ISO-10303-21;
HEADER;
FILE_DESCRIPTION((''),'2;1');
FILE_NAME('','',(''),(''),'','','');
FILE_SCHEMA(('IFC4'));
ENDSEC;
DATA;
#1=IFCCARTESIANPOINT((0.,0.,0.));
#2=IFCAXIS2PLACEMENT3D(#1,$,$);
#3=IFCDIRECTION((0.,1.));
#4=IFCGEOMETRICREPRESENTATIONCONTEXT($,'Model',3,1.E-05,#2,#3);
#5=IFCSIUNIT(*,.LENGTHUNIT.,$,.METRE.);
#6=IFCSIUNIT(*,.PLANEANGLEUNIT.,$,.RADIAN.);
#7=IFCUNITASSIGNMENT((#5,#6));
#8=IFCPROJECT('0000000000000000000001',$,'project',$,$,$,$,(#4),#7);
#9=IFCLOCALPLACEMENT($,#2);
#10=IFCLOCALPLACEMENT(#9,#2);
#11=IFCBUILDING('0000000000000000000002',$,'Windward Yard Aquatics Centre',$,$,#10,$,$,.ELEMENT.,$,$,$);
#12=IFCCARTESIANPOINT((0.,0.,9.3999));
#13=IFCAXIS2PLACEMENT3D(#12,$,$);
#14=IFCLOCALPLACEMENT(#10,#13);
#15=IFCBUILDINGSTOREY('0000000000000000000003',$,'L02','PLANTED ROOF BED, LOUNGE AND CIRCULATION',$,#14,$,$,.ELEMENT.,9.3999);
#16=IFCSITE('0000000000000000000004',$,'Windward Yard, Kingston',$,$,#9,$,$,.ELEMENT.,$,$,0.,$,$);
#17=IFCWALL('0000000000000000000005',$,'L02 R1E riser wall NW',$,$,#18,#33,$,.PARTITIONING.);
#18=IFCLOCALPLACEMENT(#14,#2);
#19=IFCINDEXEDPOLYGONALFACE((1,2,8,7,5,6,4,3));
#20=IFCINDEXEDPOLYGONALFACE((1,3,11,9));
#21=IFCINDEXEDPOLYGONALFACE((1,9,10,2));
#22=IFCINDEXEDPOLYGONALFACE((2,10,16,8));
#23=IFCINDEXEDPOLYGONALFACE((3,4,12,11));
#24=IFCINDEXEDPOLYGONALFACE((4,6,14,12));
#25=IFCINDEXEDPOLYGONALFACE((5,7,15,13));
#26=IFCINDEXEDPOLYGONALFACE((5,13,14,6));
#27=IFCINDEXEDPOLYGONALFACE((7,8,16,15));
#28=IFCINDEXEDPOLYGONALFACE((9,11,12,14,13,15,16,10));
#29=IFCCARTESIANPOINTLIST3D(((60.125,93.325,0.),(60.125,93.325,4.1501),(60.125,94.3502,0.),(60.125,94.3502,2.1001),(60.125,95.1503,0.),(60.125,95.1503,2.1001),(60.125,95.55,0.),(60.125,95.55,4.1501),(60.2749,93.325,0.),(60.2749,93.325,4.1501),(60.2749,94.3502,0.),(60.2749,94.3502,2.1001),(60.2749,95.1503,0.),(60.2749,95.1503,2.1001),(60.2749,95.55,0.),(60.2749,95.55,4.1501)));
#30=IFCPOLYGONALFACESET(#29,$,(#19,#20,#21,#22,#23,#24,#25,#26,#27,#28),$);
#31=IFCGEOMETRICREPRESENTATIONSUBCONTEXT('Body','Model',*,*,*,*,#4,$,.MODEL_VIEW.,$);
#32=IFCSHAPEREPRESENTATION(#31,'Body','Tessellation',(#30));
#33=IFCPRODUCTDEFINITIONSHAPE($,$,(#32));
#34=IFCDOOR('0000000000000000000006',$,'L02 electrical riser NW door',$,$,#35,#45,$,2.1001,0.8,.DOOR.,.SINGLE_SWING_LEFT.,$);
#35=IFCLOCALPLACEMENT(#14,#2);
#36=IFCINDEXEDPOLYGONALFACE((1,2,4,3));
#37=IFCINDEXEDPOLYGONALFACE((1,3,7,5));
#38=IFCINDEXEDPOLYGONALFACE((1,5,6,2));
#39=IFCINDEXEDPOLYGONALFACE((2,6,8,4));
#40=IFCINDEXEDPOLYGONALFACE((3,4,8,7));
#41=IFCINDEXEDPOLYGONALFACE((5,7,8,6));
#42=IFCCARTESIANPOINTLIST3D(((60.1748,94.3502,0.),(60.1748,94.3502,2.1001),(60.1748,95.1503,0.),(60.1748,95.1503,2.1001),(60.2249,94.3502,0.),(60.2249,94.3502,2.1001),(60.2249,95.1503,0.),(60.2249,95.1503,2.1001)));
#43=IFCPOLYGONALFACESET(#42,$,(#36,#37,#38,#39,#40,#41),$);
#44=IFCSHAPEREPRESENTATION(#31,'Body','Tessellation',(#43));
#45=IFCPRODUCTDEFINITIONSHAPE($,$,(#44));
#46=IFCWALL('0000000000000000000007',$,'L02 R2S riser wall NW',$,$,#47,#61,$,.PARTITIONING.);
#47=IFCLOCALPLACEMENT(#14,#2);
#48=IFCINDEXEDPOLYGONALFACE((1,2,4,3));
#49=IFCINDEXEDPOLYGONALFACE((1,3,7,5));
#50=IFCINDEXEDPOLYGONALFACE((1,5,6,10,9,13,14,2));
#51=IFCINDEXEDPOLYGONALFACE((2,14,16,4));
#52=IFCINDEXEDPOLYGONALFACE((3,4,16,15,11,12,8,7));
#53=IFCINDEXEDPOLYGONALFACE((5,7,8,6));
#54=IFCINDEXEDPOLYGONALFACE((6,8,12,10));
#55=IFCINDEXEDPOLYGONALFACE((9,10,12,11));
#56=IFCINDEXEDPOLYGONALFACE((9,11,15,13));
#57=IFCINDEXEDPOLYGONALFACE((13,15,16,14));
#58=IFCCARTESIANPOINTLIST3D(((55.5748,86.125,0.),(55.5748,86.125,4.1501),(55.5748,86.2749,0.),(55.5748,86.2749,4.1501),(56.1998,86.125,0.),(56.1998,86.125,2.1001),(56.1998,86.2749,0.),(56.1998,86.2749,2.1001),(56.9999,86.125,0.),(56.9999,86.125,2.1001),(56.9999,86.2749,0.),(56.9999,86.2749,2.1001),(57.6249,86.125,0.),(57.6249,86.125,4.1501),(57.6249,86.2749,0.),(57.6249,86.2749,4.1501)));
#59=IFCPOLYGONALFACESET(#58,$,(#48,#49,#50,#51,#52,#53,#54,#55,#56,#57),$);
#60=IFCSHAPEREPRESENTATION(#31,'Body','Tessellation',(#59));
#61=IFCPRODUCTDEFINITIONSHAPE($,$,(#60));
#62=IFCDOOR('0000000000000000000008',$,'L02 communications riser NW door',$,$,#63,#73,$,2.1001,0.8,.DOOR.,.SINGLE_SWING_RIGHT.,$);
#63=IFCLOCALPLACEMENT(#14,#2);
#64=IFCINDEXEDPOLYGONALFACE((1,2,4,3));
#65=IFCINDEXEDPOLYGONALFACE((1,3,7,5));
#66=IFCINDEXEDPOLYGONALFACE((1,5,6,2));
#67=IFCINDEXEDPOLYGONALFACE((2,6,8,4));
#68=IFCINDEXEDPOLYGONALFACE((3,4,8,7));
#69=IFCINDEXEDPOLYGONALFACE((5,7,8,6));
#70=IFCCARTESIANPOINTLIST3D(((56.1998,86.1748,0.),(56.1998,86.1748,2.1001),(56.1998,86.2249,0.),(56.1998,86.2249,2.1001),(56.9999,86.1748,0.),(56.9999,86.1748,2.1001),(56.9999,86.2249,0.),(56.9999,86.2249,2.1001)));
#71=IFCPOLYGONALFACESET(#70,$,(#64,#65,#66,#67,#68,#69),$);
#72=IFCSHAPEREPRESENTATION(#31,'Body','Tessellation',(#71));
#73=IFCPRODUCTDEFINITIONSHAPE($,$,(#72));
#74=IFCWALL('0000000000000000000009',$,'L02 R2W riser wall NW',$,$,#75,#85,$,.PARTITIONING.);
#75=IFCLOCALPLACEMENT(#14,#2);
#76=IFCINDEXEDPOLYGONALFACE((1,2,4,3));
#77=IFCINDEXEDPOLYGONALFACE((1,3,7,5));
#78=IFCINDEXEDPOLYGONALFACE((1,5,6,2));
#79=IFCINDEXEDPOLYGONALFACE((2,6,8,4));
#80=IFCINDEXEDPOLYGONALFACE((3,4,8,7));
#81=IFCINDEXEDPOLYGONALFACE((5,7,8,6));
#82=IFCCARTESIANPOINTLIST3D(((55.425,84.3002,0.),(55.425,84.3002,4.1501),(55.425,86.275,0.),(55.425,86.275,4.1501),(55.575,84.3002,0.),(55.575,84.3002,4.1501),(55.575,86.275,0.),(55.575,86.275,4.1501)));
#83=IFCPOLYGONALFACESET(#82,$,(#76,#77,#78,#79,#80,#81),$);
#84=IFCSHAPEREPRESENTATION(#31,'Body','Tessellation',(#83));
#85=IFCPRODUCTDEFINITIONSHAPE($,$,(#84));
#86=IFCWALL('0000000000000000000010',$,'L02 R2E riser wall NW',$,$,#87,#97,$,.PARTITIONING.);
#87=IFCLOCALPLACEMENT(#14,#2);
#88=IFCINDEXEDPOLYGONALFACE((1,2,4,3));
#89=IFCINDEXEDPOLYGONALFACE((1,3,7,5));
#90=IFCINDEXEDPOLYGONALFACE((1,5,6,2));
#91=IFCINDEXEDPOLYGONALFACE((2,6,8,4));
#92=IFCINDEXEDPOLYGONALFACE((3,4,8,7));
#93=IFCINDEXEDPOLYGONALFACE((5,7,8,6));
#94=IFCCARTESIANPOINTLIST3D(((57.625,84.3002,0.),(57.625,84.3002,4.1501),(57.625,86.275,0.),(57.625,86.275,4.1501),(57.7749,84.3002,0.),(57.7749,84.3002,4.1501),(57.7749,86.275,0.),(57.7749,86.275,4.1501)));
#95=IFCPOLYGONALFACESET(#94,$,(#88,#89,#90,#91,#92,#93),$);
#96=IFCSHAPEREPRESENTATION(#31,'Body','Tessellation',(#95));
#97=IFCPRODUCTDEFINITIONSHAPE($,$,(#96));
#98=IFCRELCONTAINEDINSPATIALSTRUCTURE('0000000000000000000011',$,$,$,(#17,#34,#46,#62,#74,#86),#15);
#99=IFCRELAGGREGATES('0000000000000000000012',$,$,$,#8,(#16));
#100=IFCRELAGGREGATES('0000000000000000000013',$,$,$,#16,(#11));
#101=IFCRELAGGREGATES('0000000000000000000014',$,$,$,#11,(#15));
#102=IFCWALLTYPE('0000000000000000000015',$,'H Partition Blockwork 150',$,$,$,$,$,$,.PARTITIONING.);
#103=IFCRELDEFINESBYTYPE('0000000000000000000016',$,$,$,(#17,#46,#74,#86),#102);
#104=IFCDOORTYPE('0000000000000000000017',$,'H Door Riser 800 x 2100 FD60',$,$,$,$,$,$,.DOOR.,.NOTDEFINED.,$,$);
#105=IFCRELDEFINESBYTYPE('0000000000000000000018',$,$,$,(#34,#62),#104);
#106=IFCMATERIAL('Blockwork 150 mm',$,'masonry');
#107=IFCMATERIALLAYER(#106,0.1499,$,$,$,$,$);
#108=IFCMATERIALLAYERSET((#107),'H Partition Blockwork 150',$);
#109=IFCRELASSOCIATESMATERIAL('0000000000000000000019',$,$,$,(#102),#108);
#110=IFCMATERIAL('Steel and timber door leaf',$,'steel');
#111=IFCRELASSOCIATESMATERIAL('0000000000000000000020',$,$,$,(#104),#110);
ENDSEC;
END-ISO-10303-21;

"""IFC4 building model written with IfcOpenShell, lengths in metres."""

from ifc_helpers import new_model, si_unit, direction, frame, frame_2d, origin, place, context, subcontext, project, spatial, rectangle, extrude, material, layer, layer_set, type_object, element, fill, save


model = new_model("IFC4")

# Units and contexts
model_context = context("Model", 3, precision=1e-05, world=origin(), true_north=direction((0.0, 1.0)))
body_context = subcontext(model_context, "Body", "Model", "MODEL_VIEW")
ifc_project = project(units=[si_unit("LENGTHUNIT", "METRE"), si_unit("PLANEANGLEUNIT", "RADIAN")], contexts=[model_context])

# Site, building, storey
site_placement = place(None, origin())
site = spatial("IfcSite", under=ifc_project, at=site_placement, Name="Windward Yard, Kingston", CompositionType="ELEMENT", RefElevation=0.0)
building_placement = place(site_placement, origin())
building = spatial("IfcBuilding", under=site, at=building_placement, Name="Windward Yard Aquatics Centre", CompositionType="ELEMENT")
storey_placement = place(building_placement, frame((0.0, 0.0, 9.3999)))
storey = spatial("IfcBuildingStorey", under=building, at=storey_placement, Name="L02", Description="PLANTED ROOF BED, LOUNGE AND CIRCULATION", CompositionType="ELEMENT", Elevation=9.3999)

# Shared definitions
ifc_material_1 = material(Name="Steel and timber door leaf", Category="steel")

# Shared definitions
ifc_material_2 = material(Name="Blockwork 150 mm", Category="masonry")
ifc_layer_1 = layer(ifc_material_2, 0.1499)
ifc_layer_set_1 = layer_set([ifc_layer_1], Name="H Partition Blockwork 150")
wall_type_1 = type_object("IfcWallType", Name="H Partition Blockwork 150", PredefinedType="PARTITIONING", material=ifc_layer_set_1)

# Walls, openings, doors
wall_1_placement = place(storey_placement, frame((60.2, 95.55, 0.0), z_axis=(0.0, 0.0, 1.0), x_axis=(0.0, -1.0, 0.0)))
wall_1 = element("IfcWall", 1, at=wall_1_placement, inside=storey, type_object=wall_type_1, Name="L02 R1E riser wall NW", PredefinedType="PARTITIONING", context=body_context, shape_type="SweptSolid", body=[
    extrude(rectangle(XDim=2.2251, YDim=0.1499, at=frame_2d((1.1125, 0.0))), origin(), (0.0, 0.0, 1.0), 4.1501),
])
opening_1_placement = place(wall_1_placement, frame((0.3999, 0.0, 0.0)))
opening_1 = element("IfcOpeningElement", 2, at=opening_1_placement, cuts=wall_1, PredefinedType="OPENING", context=body_context, shape_type="SweptSolid", body=[
    extrude(rectangle(XDim=0.8, YDim=2.1001, at=frame_2d((0.3999, 1.05))), frame((0.0, 0.085, 0.0), z_axis=(0.0, -1.0, 0.0), x_axis=(1.0, 0.0, 0.0)), (0.0, 0.0, 1.0), 0.1699),
])
door_type_1 = type_object("IfcDoorType", Name="H Door Riser 800 x 2100 FD60", OperationType="NOTDEFINED", PredefinedType="DOOR", material=ifc_material_1)
door_1_placement = place(opening_1_placement, origin())
door_1 = element("IfcDoor", 3, at=door_1_placement, inside=storey, type_object=door_type_1, Name="L02 electrical riser NW door", OperationType="SINGLE_SWING_LEFT", OverallHeight=2.1001, OverallWidth=0.8, PredefinedType="DOOR", context=body_context, shape_type="SweptSolid", body=[
    extrude(rectangle(XDim=0.8, YDim=2.1001, at=frame_2d((0.3999, 1.05))), frame((0.0, 0.0249, 0.0), z_axis=(0.0, -1.0, 0.0), x_axis=(1.0, 0.0, 0.0)), (0.0, 0.0, 1.0), 0.05),
])
fill(opening_1, door_1)
wall_2_placement = place(storey_placement, frame((55.575, 86.2, 0.0), z_axis=(0.0, 0.0, 1.0), x_axis=(1.0, 0.0, 0.0)))
wall_2 = element("IfcWall", 4, at=wall_2_placement, inside=storey, type_object=wall_type_1, Name="L02 R2S riser wall NW", PredefinedType="PARTITIONING", context=body_context, shape_type="SweptSolid", body=[
    extrude(rectangle(XDim=2.05, YDim=0.1499, at=frame_2d((1.0249, 0.0))), origin(), (0.0, 0.0, 1.0), 4.1501),
])
opening_2_placement = place(wall_2_placement, frame((0.625, 0.0, 0.0)))
opening_2 = element("IfcOpeningElement", 5, at=opening_2_placement, cuts=wall_2, PredefinedType="OPENING", context=body_context, shape_type="SweptSolid", body=[
    extrude(rectangle(XDim=0.8, YDim=2.1001, at=frame_2d((0.3999, 1.05))), frame((0.0, 0.085, 0.0), z_axis=(0.0, -1.0, 0.0), x_axis=(1.0, 0.0, 0.0)), (0.0, 0.0, 1.0), 0.1699),
])
door_2_placement = place(opening_2_placement, origin())
door_2 = element("IfcDoor", 6, at=door_2_placement, inside=storey, type_object=door_type_1, Name="L02 communications riser NW door", OperationType="SINGLE_SWING_RIGHT", OverallHeight=2.1001, OverallWidth=0.8, PredefinedType="DOOR", context=body_context, shape_type="SweptSolid", body=[
    extrude(rectangle(XDim=0.8, YDim=2.1001, at=frame_2d((0.3999, 1.05))), frame((0.0, 0.0249, 0.0), z_axis=(0.0, -1.0, 0.0), x_axis=(1.0, 0.0, 0.0)), (0.0, 0.0, 1.0), 0.05),
])
fill(opening_2, door_2)

# Walls
for number, where, z_axis, x_axis, name in (
    (7, (55.5, 86.2749, 0.0), (0.0, 0.0, 1.0), (0.0, -1.0, 0.0), "L02 R2W riser wall NW"),
    (8, (57.7, 86.2749, 0.0), (0.0, 0.0, 1.0), (0.0, -1.0, 0.0), "L02 R2E riser wall NW"),
):
    element("IfcWall", number, at=place(storey_placement, frame(where, z_axis=z_axis, x_axis=x_axis)), inside=storey, type_object=wall_type_1, Name=name, PredefinedType="PARTITIONING", context=body_context, shape_type="SweptSolid", body=[
        extrude(rectangle(XDim=1.9749, YDim=0.1499, at=frame_2d((0.9873, 0.0))), origin(), (0.0, 0.0, 1.0), 4.1501),
    ])

save(model, "model.ifc")
